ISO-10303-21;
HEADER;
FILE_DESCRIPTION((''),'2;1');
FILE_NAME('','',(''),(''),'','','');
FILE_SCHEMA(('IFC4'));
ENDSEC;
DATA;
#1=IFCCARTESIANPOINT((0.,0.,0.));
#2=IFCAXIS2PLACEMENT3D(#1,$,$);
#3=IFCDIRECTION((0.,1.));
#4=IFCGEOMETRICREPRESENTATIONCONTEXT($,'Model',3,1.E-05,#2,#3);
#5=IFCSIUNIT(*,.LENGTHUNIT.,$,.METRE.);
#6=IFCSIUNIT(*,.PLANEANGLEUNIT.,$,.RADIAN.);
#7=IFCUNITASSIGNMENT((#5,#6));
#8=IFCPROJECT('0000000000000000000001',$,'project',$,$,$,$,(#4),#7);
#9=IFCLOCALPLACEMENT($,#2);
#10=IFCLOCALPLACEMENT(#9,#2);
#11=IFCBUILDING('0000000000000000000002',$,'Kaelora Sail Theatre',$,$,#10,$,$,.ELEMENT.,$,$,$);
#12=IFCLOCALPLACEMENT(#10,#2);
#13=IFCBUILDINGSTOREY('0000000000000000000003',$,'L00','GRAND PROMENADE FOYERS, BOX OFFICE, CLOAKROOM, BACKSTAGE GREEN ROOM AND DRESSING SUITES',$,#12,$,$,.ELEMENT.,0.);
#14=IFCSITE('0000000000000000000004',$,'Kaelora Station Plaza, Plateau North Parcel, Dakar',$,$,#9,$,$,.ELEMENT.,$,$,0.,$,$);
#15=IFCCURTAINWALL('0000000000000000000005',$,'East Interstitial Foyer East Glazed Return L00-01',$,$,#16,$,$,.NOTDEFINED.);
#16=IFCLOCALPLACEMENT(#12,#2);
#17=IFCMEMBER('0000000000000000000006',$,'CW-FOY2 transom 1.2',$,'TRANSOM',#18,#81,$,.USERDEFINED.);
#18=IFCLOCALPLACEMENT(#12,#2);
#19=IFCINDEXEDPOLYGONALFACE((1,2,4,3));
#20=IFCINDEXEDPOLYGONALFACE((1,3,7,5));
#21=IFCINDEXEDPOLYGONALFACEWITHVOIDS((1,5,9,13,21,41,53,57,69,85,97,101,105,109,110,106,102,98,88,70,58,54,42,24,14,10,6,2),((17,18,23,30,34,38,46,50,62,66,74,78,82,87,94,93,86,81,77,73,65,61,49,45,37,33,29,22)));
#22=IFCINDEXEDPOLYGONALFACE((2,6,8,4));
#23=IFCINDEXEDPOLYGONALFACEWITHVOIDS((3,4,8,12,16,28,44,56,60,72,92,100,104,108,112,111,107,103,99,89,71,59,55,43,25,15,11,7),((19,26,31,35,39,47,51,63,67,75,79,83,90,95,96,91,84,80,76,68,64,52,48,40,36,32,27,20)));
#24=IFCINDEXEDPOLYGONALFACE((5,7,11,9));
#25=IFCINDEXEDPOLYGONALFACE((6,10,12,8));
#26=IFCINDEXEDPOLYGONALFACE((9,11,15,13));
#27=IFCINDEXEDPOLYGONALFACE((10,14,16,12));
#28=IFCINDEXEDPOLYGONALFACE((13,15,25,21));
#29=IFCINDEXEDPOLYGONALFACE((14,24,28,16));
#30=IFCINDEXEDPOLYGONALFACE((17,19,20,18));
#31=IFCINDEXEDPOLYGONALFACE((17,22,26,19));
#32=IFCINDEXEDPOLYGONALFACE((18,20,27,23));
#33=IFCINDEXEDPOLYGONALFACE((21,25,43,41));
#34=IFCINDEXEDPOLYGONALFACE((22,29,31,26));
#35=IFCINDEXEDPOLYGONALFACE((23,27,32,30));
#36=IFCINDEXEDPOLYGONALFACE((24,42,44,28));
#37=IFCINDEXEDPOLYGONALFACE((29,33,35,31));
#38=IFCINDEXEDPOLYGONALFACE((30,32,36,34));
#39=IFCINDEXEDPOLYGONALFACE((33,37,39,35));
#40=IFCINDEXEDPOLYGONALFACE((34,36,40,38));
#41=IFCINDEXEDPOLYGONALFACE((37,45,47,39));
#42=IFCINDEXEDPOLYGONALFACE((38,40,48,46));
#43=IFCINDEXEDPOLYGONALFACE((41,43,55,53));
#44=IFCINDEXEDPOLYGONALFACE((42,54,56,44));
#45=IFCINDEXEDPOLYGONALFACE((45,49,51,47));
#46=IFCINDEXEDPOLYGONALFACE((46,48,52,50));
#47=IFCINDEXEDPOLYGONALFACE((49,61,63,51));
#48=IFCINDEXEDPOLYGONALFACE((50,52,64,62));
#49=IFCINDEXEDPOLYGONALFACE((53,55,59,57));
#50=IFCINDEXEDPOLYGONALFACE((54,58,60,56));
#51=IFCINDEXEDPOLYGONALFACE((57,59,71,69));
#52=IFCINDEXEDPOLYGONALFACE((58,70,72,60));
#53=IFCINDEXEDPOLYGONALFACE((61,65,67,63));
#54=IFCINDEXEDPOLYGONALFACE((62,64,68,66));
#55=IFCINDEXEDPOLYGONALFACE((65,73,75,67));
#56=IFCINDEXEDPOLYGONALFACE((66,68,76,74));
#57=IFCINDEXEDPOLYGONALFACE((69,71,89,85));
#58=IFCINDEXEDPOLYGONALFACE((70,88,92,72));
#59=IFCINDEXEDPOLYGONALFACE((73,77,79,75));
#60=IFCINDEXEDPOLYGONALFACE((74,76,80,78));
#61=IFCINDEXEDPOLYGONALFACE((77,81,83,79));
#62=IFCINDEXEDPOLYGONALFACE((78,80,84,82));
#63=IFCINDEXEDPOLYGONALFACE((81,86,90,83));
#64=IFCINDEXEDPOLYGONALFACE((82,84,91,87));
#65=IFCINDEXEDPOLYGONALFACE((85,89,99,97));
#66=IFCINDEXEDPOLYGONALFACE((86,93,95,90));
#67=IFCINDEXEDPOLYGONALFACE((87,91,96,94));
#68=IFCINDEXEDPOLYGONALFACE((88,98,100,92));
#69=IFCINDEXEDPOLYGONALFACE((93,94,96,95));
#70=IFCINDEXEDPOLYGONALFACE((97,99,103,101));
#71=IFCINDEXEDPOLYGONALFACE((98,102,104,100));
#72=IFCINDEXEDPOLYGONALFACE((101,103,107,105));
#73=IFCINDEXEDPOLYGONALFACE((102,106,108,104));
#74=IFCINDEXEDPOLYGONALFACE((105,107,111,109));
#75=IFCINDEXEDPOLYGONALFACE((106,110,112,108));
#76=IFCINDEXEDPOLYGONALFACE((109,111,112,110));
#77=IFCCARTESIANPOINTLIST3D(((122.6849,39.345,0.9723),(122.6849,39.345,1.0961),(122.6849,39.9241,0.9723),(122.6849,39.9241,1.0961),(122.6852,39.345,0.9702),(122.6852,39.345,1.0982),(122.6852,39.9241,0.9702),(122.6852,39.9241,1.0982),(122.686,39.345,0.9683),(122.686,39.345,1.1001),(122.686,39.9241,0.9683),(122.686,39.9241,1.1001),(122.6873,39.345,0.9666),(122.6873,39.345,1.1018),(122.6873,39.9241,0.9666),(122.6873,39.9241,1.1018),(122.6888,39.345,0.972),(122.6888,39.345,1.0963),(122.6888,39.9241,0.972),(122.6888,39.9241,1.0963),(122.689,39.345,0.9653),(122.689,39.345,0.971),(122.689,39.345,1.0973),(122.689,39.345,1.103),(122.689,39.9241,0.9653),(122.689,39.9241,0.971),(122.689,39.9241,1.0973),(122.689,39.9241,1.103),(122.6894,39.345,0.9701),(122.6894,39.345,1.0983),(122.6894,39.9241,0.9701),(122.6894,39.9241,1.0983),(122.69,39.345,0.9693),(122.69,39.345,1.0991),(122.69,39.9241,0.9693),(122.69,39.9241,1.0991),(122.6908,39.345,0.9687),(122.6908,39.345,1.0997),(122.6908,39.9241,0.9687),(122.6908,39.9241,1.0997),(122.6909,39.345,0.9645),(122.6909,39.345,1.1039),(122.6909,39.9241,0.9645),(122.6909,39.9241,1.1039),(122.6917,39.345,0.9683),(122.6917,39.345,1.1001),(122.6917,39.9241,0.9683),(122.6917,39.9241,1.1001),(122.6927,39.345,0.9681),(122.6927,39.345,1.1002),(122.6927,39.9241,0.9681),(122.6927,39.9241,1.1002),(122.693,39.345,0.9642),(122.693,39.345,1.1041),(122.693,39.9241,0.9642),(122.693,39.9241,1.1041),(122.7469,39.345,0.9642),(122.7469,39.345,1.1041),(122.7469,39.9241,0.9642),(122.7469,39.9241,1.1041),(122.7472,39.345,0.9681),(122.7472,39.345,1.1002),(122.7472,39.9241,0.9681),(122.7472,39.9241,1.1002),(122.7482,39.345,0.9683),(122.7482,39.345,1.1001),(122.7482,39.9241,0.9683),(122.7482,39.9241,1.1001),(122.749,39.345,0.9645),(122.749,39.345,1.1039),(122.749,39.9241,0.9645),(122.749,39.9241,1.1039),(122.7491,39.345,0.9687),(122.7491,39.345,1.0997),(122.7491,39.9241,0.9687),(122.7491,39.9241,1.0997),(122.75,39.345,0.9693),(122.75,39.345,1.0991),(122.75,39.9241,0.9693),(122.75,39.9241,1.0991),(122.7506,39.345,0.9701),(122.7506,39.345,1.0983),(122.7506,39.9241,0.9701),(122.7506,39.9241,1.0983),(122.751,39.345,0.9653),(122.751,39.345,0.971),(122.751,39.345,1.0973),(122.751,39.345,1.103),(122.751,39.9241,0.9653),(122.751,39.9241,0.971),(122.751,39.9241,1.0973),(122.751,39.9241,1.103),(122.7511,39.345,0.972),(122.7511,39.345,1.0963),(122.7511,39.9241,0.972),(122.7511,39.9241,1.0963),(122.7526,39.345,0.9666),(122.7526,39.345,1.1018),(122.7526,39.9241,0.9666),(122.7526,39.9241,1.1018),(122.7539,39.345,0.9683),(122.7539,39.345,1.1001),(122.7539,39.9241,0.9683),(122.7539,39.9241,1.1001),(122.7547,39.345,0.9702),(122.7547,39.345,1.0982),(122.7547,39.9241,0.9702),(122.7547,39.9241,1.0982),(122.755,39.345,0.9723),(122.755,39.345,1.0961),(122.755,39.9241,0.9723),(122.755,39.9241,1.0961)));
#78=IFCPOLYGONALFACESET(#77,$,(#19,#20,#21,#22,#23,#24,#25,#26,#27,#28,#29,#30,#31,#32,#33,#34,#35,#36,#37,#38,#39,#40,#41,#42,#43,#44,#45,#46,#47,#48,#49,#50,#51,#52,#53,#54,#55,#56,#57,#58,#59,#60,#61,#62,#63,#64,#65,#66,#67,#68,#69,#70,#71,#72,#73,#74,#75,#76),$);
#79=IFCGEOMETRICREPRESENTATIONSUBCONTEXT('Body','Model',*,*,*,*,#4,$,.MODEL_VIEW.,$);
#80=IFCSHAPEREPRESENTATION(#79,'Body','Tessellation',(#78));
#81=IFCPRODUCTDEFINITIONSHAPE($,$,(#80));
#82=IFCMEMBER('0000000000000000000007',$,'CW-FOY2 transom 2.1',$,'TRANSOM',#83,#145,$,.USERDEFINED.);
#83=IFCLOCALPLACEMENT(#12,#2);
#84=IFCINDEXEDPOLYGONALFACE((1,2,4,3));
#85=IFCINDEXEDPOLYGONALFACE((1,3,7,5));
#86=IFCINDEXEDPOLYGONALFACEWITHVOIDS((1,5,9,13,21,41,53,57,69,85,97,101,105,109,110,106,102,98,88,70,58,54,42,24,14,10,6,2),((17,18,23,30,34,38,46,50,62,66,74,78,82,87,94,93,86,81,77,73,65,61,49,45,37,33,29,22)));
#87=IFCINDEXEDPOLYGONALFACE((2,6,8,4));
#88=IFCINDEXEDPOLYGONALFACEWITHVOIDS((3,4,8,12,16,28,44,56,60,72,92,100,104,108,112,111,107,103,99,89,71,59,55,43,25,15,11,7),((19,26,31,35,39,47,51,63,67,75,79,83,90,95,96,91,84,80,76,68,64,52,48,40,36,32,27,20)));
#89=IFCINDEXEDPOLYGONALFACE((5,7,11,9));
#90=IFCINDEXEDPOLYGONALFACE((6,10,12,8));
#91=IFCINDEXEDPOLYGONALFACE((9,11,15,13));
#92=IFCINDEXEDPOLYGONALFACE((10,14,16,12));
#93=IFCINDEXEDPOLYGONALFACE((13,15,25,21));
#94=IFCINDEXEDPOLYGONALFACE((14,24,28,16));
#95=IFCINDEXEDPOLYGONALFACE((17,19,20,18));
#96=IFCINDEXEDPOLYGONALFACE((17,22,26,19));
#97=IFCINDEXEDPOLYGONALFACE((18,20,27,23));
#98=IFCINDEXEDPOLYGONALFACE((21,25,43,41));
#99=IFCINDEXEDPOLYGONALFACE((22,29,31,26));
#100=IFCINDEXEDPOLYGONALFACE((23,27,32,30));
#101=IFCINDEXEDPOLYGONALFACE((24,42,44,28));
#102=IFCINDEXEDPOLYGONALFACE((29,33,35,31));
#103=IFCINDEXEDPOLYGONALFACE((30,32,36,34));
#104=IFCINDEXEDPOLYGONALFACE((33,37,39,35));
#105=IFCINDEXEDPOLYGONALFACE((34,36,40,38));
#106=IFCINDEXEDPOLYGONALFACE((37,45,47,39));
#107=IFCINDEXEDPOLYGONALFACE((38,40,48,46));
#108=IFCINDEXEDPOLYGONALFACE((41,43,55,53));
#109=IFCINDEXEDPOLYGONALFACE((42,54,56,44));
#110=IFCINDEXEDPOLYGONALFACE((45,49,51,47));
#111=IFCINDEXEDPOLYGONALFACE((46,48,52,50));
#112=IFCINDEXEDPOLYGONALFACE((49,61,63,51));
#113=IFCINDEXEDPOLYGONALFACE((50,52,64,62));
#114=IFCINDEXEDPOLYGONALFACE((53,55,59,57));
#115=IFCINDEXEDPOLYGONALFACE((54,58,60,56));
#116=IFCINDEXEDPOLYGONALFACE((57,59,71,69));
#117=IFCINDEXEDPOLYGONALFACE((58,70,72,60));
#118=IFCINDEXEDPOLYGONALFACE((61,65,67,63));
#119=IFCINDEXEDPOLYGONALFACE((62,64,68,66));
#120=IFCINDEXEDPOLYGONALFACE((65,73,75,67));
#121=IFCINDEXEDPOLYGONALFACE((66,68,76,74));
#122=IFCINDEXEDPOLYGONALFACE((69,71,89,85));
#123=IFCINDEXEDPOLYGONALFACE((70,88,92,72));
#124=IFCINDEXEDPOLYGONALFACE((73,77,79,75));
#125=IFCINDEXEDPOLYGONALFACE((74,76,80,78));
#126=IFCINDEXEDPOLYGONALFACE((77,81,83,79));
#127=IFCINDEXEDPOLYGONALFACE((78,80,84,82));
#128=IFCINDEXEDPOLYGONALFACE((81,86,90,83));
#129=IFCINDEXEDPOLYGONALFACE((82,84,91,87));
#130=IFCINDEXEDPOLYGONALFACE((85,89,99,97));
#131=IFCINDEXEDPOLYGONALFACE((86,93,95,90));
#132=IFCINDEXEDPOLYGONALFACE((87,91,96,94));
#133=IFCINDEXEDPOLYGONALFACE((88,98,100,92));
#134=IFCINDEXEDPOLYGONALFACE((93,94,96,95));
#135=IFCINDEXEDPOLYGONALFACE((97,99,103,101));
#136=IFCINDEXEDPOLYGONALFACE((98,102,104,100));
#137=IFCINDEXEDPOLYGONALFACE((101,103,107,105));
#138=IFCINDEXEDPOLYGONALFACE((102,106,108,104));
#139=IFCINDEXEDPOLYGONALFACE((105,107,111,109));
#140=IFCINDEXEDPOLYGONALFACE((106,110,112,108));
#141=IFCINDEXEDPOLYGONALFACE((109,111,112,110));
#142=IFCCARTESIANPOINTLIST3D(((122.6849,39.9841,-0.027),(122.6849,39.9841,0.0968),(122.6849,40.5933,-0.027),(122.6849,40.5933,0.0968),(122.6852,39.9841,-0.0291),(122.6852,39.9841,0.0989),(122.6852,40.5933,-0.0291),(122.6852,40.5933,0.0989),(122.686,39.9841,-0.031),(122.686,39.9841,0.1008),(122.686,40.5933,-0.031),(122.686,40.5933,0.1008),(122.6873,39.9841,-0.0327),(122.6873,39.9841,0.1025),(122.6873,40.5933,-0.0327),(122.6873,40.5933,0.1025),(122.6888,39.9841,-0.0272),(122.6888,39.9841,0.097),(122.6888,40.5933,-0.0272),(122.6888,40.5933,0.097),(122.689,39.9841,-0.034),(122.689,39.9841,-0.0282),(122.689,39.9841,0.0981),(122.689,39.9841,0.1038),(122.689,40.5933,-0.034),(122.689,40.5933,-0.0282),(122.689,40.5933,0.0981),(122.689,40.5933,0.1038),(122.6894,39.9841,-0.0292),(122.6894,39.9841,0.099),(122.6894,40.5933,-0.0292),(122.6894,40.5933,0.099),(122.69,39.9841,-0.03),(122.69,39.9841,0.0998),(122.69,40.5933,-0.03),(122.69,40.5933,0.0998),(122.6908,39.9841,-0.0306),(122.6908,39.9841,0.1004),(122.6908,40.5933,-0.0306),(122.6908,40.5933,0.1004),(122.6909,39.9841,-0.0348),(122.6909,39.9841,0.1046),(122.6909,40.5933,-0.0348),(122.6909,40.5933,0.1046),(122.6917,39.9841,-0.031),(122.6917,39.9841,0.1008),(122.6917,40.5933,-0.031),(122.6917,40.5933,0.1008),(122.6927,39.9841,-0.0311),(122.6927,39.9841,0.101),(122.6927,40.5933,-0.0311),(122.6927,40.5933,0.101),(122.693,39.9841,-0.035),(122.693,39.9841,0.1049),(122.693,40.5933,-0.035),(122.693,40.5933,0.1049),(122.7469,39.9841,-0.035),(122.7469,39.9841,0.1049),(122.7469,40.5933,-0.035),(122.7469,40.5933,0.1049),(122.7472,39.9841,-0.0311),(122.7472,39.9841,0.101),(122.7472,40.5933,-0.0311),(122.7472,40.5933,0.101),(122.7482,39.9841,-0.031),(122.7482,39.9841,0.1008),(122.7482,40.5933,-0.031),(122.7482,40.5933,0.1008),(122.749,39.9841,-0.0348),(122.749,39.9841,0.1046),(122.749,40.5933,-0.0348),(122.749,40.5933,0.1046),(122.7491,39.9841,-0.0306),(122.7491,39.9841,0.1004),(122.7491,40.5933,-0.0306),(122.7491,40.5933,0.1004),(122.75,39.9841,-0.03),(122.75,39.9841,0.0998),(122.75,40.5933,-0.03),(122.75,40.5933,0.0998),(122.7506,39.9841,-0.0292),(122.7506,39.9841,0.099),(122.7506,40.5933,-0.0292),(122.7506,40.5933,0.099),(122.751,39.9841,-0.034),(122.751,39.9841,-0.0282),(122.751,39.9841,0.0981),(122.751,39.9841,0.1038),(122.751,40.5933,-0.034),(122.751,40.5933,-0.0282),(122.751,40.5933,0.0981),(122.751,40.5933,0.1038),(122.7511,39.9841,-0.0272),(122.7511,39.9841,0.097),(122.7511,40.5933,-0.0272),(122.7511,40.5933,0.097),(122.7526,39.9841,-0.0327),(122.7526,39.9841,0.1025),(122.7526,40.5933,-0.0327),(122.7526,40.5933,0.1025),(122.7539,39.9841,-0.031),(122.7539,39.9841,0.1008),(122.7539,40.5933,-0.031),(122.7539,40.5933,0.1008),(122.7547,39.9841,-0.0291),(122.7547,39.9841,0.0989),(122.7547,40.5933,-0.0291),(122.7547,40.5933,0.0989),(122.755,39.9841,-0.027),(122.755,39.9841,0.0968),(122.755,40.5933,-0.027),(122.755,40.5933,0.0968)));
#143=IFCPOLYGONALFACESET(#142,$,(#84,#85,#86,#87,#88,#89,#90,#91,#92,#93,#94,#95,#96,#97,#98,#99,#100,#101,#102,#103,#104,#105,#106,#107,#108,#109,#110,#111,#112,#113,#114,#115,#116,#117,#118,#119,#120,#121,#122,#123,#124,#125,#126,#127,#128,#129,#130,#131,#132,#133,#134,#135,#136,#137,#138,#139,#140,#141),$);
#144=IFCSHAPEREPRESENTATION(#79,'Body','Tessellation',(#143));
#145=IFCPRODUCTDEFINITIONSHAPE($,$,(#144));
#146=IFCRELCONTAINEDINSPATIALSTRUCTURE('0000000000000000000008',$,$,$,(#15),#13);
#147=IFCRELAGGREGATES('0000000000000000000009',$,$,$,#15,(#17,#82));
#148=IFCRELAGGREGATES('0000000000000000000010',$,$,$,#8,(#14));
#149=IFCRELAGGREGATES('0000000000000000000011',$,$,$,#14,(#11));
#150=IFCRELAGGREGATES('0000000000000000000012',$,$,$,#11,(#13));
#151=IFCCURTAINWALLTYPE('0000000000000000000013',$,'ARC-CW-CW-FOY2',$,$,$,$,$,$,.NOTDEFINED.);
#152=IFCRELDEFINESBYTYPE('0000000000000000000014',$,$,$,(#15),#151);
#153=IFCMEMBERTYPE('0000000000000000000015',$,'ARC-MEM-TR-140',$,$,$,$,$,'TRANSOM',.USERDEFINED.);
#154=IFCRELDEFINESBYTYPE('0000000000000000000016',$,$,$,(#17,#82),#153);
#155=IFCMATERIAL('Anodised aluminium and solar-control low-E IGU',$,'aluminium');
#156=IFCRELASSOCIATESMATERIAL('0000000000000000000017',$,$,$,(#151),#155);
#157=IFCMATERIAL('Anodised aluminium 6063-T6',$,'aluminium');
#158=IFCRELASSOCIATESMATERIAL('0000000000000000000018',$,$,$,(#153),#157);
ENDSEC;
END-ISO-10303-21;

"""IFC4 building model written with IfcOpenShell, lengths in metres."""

from ifc_helpers import new_model, si_unit, direction, frame, origin, origin_2d, place, context, subcontext, project, spatial, hollow_rectangle, extrude, material, material_profile, profile_set, type_object, element, aggregate, save


model = new_model("IFC4")

# Units and contexts
model_context = context("Model", 3, precision=1e-05, world=origin(), true_north=direction((0.0, 1.0)))
body_context = subcontext(model_context, "Body", "Model", "MODEL_VIEW")
ifc_project = project(units=[si_unit("LENGTHUNIT", "METRE"), si_unit("PLANEANGLEUNIT", "RADIAN")], contexts=[model_context])

# Site, building, storey
site_placement = place(None, origin())
site = spatial("IfcSite", under=ifc_project, at=site_placement, Name="Kaelora Station Plaza, Plateau North Parcel, Dakar", CompositionType="ELEMENT", RefElevation=0.0)
building_placement = place(site_placement, origin())
building = spatial("IfcBuilding", under=site, at=building_placement, Name="Kaelora Sail Theatre", CompositionType="ELEMENT")
storey_placement = place(building_placement, origin())
storey = spatial("IfcBuildingStorey", under=building, at=storey_placement, Name="L00", Description="GRAND PROMENADE FOYERS, BOX OFFICE, CLOAKROOM, BACKSTAGE GREEN ROOM AND DRESSING SUITES", CompositionType="ELEMENT", Elevation=0.0)

# Curtain wall
ifc_material_1 = material(Name="Anodised aluminium and solar-control low-E IGU", Category="aluminium")
curtain_wall_type = type_object("IfcCurtainWallType", Name="ARC-CW-CW-FOY2", PredefinedType="NOTDEFINED", material=ifc_material_1)
curtain_wall_placement = place(storey_placement, origin())
curtain_wall = element("IfcCurtainWall", 1, at=curtain_wall_placement, inside=storey, type_object=curtain_wall_type, Name="East Interstitial Foyer East Glazed Return L00-01", PredefinedType="NOTDEFINED")

# Members
ifc_material_2 = material(Name="Anodised aluminium 6063-T6", Category="aluminium")
ifc_material_profile_1 = material_profile(ifc_material_2, hollow_rectangle(XDim=0.0701, YDim=0.1399, WallThickness=0.0039, InnerFilletRadius=0.0039, OuterFilletRadius=0.0081, at=origin_2d()), Name="ALU-TRAN 70x140x4")
ifc_profile_set_1 = profile_set([ifc_material_profile_1], Name="Anodised aluminium 6063-T6")
member_type_1 = type_object("IfcMemberType", Name="ARC-MEM-TR-140", ElementType="TRANSOM", PredefinedType="USERDEFINED", material=ifc_profile_set_1)
member_1_placement = place(storey_placement, frame((122.72, 39.345, 1.0342), z_axis=(0.0, 1.0, 0.0), x_axis=(-1.0, 0.0, 0.0)))
member_1 = element("IfcMember", 2, at=member_1_placement, type_object=member_type_1, Name="CW-FOY2 transom 1.2", ObjectType="TRANSOM", PredefinedType="USERDEFINED", context=body_context, shape_type="SweptSolid", body=[
    extrude(hollow_rectangle(XDim=0.0701, YDim=0.1399, WallThickness=0.0039, InnerFilletRadius=0.0039, OuterFilletRadius=0.0081, at=origin_2d()), origin(), (0.0, 0.0, 1.0), 0.5791),
])
member_2_placement = place(storey_placement, frame((122.72, 39.9841, 0.0349), z_axis=(0.0, 1.0, 0.0), x_axis=(-1.0, 0.0, 0.0)))
member_2 = element("IfcMember", 3, at=member_2_placement, type_object=member_type_1, Name="CW-FOY2 transom 2.1", ObjectType="TRANSOM", PredefinedType="USERDEFINED", context=body_context, shape_type="SweptSolid", body=[
    extrude(hollow_rectangle(XDim=0.0701, YDim=0.1399, WallThickness=0.0039, InnerFilletRadius=0.0039, OuterFilletRadius=0.0081, at=origin_2d()), origin(), (0.0, 0.0, 1.0), 0.6091),
])

aggregate(curtain_wall, [member_1, member_2])

save(model, "model.ifc")
